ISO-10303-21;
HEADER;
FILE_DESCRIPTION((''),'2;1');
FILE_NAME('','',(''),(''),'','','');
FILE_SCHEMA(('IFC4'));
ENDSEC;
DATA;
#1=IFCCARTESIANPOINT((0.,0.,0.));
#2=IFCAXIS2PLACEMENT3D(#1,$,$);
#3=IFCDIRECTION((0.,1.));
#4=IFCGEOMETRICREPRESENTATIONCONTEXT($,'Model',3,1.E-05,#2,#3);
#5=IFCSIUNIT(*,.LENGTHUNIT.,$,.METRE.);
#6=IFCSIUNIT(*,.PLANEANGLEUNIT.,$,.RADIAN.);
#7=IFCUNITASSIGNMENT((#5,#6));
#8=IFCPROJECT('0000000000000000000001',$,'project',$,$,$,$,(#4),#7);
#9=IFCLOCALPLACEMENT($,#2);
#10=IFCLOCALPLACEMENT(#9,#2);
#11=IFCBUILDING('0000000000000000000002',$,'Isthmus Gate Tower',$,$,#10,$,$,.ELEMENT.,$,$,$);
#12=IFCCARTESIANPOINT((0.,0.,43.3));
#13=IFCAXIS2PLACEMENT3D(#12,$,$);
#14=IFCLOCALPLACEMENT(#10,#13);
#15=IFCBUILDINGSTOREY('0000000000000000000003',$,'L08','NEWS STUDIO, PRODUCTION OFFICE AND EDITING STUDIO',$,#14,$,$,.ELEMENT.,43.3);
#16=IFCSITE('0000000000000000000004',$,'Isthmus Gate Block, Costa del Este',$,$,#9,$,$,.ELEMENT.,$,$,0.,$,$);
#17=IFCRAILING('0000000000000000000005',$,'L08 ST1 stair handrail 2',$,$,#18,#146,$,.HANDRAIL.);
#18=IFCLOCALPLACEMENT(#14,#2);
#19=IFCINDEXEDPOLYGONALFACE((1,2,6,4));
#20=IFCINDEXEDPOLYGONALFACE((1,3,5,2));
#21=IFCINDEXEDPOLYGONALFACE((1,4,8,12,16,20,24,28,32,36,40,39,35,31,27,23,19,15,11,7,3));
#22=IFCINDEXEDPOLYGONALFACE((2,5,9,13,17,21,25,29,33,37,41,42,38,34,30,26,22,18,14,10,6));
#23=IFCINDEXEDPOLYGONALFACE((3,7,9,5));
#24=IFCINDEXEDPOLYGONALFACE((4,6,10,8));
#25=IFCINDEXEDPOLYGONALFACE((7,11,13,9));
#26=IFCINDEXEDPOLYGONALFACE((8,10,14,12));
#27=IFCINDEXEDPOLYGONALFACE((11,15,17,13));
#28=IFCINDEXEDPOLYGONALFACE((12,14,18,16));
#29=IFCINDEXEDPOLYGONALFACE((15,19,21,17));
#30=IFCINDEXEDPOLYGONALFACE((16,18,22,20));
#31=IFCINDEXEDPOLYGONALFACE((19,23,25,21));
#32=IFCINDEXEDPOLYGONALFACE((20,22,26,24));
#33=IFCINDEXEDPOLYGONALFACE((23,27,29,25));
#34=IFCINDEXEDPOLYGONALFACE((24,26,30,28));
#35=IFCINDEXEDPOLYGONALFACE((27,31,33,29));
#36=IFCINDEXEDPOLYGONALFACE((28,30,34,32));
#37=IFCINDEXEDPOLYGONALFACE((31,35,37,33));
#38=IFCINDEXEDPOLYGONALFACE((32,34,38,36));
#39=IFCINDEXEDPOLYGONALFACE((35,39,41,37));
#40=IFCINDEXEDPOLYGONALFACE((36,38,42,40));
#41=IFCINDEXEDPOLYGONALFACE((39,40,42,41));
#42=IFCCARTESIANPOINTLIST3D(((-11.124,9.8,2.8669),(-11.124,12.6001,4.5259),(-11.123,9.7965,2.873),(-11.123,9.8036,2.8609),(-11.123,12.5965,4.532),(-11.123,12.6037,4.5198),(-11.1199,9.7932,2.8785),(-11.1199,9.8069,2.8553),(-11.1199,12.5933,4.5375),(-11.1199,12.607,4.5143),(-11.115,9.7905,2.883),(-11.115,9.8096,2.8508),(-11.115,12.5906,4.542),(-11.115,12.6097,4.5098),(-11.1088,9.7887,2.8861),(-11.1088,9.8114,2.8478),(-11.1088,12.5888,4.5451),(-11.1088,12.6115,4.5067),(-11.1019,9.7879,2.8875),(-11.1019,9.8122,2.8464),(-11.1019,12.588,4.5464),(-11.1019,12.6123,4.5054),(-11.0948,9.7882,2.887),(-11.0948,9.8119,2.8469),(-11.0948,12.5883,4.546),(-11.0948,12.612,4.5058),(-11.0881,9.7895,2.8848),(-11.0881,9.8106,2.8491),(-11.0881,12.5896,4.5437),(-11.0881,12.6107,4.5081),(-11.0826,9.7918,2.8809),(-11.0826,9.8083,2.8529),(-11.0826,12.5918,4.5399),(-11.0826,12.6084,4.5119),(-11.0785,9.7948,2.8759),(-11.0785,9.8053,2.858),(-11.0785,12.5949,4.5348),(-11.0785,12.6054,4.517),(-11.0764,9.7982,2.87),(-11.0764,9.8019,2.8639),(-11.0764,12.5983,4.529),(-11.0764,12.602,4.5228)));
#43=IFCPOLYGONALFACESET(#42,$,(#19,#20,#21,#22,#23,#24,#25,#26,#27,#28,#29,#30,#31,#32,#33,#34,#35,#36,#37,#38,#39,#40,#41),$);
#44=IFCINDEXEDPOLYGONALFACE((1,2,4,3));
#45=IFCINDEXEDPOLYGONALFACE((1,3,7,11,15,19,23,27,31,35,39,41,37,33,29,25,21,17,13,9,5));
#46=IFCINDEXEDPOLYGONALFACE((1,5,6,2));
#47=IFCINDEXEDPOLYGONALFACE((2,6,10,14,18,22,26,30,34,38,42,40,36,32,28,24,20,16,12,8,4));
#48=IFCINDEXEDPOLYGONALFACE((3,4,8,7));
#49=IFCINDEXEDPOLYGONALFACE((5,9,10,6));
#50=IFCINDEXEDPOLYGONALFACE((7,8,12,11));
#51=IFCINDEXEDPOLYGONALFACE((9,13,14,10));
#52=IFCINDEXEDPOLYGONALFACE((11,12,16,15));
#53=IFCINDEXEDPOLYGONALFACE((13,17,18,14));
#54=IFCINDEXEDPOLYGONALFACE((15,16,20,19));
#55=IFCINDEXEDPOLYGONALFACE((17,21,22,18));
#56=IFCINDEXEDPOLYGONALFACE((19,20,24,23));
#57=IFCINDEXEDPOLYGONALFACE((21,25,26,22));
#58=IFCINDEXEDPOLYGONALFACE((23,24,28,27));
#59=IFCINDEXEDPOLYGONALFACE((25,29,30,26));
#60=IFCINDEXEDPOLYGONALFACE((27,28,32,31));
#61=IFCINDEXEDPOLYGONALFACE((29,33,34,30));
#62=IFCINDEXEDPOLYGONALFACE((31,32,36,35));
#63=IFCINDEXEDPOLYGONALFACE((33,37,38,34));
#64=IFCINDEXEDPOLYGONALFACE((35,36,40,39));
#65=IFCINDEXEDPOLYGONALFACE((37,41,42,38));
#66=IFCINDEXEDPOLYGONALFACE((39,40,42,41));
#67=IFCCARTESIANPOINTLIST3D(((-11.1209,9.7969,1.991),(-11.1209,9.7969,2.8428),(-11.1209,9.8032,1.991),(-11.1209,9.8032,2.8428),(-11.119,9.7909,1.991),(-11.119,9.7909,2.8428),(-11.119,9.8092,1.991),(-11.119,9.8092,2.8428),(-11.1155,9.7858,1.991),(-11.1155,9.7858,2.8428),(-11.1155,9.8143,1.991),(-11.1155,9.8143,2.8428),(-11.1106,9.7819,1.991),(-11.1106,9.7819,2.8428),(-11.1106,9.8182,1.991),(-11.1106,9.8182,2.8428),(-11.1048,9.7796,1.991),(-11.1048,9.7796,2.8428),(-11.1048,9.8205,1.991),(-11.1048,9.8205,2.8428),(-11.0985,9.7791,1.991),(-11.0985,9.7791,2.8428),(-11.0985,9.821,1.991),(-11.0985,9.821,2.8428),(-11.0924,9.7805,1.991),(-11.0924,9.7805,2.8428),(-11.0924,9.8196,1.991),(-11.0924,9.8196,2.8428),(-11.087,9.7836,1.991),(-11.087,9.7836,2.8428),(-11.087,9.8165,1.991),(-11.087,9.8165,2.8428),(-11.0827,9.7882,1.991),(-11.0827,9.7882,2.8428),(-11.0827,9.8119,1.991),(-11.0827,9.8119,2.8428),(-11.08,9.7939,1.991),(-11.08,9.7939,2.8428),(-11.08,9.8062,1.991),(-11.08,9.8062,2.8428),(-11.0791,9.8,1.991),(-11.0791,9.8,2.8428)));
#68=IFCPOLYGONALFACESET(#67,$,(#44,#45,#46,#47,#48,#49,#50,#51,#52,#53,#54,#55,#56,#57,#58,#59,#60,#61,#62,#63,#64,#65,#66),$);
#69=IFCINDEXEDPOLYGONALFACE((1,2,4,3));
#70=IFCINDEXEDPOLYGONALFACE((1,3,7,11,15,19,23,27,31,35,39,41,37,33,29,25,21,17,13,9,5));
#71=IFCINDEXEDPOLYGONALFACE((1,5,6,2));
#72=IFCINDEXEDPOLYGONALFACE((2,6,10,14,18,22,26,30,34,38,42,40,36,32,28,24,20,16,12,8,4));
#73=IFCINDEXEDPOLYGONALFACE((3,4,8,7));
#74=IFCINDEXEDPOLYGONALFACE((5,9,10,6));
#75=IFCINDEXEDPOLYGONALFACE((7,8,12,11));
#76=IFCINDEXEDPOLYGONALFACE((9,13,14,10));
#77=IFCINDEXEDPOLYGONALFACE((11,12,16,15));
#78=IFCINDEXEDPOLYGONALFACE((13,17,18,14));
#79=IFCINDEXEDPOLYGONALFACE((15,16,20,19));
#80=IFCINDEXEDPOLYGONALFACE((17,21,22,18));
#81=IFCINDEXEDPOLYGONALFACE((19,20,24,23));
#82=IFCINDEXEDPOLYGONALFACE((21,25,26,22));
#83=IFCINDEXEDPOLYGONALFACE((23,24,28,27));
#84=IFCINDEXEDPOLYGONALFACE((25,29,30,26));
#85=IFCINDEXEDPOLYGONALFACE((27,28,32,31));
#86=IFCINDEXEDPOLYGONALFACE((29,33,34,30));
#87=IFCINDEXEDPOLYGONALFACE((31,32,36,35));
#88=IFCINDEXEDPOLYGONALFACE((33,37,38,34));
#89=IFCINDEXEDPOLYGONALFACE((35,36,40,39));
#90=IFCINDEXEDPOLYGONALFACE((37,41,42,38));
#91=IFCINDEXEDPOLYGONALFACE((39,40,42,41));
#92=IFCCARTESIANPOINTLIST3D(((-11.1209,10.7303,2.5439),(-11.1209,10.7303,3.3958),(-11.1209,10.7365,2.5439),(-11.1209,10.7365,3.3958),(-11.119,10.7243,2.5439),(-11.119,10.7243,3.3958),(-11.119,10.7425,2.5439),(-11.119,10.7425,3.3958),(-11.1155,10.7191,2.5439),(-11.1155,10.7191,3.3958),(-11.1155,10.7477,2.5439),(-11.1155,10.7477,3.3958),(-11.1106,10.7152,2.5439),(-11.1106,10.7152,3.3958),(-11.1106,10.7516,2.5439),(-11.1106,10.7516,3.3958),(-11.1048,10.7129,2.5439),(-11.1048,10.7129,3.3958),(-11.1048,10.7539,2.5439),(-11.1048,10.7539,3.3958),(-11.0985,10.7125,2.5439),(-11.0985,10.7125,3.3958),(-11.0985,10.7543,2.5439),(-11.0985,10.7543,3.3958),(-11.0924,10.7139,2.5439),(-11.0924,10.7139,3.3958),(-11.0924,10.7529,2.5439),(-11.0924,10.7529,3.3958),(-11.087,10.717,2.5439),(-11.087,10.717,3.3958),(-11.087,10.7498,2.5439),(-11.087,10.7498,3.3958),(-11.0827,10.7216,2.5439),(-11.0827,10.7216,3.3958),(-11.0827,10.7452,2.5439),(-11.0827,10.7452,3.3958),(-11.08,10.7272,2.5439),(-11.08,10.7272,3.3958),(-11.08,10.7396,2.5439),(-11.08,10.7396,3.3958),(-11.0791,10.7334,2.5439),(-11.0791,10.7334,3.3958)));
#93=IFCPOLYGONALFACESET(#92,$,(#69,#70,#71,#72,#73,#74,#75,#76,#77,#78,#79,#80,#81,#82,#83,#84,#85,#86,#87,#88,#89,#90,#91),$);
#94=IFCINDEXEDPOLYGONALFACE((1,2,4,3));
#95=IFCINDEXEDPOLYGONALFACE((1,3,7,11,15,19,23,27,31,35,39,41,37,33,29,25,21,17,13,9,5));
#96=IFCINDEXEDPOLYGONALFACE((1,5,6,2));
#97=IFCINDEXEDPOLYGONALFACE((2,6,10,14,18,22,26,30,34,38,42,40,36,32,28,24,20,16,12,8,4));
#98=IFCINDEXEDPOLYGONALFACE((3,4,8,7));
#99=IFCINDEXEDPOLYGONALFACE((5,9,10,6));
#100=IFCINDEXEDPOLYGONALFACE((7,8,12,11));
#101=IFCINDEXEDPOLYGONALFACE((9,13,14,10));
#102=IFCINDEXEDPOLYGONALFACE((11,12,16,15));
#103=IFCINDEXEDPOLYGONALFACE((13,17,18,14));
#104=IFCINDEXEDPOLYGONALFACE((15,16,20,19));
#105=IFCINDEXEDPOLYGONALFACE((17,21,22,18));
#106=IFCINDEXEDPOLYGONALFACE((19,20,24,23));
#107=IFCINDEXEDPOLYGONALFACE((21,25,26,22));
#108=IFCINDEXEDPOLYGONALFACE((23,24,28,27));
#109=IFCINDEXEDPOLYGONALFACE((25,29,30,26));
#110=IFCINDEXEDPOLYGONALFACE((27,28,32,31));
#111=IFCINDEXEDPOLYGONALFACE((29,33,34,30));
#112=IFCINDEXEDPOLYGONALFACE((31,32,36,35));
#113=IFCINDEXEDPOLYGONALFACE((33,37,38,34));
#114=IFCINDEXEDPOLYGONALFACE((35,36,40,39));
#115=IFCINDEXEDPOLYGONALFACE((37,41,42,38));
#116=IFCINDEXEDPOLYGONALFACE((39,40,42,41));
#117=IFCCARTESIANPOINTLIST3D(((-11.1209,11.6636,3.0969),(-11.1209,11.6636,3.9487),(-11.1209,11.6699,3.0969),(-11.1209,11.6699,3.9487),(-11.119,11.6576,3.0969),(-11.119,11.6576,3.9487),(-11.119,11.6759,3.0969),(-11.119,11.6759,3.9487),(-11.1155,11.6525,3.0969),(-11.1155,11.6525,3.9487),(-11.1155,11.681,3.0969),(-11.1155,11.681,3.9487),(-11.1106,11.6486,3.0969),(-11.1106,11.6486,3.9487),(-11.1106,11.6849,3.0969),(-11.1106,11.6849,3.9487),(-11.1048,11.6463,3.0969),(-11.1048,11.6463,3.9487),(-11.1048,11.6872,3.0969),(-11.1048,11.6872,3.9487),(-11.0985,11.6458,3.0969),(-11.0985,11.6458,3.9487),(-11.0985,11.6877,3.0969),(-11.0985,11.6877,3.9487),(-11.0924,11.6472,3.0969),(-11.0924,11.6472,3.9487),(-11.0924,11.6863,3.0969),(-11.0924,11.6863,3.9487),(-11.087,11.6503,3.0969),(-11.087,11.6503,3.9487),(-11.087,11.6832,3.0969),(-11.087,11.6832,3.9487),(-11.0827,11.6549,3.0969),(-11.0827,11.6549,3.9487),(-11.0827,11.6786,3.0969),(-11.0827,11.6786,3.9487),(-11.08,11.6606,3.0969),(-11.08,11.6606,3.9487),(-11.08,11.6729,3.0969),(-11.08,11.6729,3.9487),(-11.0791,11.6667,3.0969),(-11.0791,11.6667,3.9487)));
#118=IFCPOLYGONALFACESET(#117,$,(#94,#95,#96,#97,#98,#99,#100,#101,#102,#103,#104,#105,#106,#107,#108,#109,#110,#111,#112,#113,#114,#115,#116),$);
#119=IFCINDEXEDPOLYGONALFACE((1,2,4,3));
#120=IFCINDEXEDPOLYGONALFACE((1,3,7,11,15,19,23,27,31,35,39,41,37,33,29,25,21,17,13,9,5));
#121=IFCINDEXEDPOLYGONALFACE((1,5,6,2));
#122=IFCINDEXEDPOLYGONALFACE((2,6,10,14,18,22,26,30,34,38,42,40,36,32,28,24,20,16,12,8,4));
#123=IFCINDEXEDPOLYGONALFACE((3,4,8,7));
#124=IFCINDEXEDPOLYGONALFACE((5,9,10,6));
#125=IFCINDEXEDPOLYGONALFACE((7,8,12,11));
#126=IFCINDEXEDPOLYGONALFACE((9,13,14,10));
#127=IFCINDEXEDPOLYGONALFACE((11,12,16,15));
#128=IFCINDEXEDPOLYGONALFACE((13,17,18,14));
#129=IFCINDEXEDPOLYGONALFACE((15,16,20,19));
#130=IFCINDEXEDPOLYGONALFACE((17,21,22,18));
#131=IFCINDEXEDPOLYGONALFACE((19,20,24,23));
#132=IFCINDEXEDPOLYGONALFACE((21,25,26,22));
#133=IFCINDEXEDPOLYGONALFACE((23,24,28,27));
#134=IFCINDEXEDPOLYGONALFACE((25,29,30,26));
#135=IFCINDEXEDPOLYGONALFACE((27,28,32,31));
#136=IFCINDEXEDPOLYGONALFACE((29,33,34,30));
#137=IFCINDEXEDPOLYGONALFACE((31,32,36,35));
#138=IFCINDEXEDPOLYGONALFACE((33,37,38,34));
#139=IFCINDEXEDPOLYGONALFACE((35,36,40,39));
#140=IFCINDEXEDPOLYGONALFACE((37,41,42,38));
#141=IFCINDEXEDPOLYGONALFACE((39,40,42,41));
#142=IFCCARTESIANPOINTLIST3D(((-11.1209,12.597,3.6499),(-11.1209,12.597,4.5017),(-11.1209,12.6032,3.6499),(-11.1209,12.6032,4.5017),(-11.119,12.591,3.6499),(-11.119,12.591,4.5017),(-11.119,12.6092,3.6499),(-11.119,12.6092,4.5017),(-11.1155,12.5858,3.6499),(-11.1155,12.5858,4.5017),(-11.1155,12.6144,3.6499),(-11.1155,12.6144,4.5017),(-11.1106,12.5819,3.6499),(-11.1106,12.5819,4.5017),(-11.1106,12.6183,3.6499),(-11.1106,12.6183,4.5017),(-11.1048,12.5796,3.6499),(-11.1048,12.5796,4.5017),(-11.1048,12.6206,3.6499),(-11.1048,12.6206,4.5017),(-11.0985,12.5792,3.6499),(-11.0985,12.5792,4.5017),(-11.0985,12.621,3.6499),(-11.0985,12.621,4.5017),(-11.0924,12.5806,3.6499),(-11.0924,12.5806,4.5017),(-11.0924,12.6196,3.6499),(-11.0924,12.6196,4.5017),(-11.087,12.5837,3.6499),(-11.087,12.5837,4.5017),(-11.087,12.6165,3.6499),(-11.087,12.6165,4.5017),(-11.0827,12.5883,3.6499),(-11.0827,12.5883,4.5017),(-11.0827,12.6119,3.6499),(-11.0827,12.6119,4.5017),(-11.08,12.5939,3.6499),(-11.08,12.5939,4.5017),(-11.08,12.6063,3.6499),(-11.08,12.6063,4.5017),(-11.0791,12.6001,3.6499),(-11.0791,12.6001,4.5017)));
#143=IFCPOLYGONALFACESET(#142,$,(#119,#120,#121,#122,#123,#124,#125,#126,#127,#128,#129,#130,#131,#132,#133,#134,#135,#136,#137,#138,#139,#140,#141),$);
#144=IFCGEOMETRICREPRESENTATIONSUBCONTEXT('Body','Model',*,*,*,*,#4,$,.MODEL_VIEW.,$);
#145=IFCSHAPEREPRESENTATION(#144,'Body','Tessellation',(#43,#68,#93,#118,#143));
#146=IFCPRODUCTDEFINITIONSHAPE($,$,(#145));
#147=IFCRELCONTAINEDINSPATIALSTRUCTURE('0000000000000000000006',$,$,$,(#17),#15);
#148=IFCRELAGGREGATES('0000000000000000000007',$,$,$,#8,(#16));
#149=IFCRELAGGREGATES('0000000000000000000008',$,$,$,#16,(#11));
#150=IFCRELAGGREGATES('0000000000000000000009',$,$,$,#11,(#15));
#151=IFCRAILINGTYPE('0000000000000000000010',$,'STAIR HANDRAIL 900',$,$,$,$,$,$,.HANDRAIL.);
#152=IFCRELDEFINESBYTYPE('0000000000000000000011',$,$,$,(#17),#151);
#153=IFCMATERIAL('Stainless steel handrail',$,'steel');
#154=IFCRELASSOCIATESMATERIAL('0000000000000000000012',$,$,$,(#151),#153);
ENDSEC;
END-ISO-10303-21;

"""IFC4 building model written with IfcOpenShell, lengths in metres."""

from ifc_helpers import new_model, si_unit, direction, frame, origin, origin_2d, place, context, subcontext, project, spatial, circle, extrude, material, type_object, element, save


model = new_model("IFC4")

# Units and contexts
model_context = context("Model", 3, precision=1e-05, world=origin(), true_north=direction((0.0, 1.0)))
body_context = subcontext(model_context, "Body", "Model", "MODEL_VIEW")
ifc_project = project(units=[si_unit("LENGTHUNIT", "METRE"), si_unit("PLANEANGLEUNIT", "RADIAN")], contexts=[model_context])

# Site, building, storey
site_placement = place(None, origin())
site = spatial("IfcSite", under=ifc_project, at=site_placement, Name="Isthmus Gate Block, Costa del Este", CompositionType="ELEMENT", RefElevation=0.0)
building_placement = place(site_placement, origin())
building = spatial("IfcBuilding", under=site, at=building_placement, Name="Isthmus Gate Tower", CompositionType="ELEMENT")
storey_placement = place(building_placement, frame((0.0, 0.0, 43.3)))
storey = spatial("IfcBuildingStorey", under=building, at=storey_placement, Name="L08", Description="NEWS STUDIO, PRODUCTION OFFICE AND EDITING STUDIO", CompositionType="ELEMENT", Elevation=43.3)

# Railing
ifc_material_1 = material(Name="Stainless steel handrail", Category="steel")
railing_type_1 = type_object("IfcRailingType", Name="STAIR HANDRAIL 900", PredefinedType="HANDRAIL", material=ifc_material_1)
railing_1_placement = place(storey_placement, frame((-11.1001, 9.8, 1.991)))
element("IfcRailing", 1, at=railing_1_placement, inside=storey, type_object=railing_type_1, Name="L08 ST1 stair handrail 2", PredefinedType="HANDRAIL", context=body_context, shape_type="SweptSolid", body=[
    extrude(circle(Radius=0.0239, at=origin_2d()), frame((0.0, 0.0, 0.876), z_axis=(0.0, 0.860339, 0.509722), x_axis=(-1.0, 0.0, 0.0)), (0.0, 0.0, 1.0), 3.2546),
    extrude(circle(Radius=0.021, at=origin_2d()), origin(), (0.0, 0.0, 1.0), 0.8518),
    extrude(circle(Radius=0.021, at=origin_2d()), frame((0.0, 0.9333, 0.553)), (0.0, 0.0, 1.0), 0.8518),
    extrude(circle(Radius=0.021, at=origin_2d()), frame((0.0, 1.8667, 1.106)), (0.0, 0.0, 1.0), 0.8518),
    extrude(circle(Radius=0.021, at=origin_2d()), frame((0.0, 2.8, 1.6589)), (0.0, 0.0, 1.0), 0.8518),
])

save(model, "model.ifc")
